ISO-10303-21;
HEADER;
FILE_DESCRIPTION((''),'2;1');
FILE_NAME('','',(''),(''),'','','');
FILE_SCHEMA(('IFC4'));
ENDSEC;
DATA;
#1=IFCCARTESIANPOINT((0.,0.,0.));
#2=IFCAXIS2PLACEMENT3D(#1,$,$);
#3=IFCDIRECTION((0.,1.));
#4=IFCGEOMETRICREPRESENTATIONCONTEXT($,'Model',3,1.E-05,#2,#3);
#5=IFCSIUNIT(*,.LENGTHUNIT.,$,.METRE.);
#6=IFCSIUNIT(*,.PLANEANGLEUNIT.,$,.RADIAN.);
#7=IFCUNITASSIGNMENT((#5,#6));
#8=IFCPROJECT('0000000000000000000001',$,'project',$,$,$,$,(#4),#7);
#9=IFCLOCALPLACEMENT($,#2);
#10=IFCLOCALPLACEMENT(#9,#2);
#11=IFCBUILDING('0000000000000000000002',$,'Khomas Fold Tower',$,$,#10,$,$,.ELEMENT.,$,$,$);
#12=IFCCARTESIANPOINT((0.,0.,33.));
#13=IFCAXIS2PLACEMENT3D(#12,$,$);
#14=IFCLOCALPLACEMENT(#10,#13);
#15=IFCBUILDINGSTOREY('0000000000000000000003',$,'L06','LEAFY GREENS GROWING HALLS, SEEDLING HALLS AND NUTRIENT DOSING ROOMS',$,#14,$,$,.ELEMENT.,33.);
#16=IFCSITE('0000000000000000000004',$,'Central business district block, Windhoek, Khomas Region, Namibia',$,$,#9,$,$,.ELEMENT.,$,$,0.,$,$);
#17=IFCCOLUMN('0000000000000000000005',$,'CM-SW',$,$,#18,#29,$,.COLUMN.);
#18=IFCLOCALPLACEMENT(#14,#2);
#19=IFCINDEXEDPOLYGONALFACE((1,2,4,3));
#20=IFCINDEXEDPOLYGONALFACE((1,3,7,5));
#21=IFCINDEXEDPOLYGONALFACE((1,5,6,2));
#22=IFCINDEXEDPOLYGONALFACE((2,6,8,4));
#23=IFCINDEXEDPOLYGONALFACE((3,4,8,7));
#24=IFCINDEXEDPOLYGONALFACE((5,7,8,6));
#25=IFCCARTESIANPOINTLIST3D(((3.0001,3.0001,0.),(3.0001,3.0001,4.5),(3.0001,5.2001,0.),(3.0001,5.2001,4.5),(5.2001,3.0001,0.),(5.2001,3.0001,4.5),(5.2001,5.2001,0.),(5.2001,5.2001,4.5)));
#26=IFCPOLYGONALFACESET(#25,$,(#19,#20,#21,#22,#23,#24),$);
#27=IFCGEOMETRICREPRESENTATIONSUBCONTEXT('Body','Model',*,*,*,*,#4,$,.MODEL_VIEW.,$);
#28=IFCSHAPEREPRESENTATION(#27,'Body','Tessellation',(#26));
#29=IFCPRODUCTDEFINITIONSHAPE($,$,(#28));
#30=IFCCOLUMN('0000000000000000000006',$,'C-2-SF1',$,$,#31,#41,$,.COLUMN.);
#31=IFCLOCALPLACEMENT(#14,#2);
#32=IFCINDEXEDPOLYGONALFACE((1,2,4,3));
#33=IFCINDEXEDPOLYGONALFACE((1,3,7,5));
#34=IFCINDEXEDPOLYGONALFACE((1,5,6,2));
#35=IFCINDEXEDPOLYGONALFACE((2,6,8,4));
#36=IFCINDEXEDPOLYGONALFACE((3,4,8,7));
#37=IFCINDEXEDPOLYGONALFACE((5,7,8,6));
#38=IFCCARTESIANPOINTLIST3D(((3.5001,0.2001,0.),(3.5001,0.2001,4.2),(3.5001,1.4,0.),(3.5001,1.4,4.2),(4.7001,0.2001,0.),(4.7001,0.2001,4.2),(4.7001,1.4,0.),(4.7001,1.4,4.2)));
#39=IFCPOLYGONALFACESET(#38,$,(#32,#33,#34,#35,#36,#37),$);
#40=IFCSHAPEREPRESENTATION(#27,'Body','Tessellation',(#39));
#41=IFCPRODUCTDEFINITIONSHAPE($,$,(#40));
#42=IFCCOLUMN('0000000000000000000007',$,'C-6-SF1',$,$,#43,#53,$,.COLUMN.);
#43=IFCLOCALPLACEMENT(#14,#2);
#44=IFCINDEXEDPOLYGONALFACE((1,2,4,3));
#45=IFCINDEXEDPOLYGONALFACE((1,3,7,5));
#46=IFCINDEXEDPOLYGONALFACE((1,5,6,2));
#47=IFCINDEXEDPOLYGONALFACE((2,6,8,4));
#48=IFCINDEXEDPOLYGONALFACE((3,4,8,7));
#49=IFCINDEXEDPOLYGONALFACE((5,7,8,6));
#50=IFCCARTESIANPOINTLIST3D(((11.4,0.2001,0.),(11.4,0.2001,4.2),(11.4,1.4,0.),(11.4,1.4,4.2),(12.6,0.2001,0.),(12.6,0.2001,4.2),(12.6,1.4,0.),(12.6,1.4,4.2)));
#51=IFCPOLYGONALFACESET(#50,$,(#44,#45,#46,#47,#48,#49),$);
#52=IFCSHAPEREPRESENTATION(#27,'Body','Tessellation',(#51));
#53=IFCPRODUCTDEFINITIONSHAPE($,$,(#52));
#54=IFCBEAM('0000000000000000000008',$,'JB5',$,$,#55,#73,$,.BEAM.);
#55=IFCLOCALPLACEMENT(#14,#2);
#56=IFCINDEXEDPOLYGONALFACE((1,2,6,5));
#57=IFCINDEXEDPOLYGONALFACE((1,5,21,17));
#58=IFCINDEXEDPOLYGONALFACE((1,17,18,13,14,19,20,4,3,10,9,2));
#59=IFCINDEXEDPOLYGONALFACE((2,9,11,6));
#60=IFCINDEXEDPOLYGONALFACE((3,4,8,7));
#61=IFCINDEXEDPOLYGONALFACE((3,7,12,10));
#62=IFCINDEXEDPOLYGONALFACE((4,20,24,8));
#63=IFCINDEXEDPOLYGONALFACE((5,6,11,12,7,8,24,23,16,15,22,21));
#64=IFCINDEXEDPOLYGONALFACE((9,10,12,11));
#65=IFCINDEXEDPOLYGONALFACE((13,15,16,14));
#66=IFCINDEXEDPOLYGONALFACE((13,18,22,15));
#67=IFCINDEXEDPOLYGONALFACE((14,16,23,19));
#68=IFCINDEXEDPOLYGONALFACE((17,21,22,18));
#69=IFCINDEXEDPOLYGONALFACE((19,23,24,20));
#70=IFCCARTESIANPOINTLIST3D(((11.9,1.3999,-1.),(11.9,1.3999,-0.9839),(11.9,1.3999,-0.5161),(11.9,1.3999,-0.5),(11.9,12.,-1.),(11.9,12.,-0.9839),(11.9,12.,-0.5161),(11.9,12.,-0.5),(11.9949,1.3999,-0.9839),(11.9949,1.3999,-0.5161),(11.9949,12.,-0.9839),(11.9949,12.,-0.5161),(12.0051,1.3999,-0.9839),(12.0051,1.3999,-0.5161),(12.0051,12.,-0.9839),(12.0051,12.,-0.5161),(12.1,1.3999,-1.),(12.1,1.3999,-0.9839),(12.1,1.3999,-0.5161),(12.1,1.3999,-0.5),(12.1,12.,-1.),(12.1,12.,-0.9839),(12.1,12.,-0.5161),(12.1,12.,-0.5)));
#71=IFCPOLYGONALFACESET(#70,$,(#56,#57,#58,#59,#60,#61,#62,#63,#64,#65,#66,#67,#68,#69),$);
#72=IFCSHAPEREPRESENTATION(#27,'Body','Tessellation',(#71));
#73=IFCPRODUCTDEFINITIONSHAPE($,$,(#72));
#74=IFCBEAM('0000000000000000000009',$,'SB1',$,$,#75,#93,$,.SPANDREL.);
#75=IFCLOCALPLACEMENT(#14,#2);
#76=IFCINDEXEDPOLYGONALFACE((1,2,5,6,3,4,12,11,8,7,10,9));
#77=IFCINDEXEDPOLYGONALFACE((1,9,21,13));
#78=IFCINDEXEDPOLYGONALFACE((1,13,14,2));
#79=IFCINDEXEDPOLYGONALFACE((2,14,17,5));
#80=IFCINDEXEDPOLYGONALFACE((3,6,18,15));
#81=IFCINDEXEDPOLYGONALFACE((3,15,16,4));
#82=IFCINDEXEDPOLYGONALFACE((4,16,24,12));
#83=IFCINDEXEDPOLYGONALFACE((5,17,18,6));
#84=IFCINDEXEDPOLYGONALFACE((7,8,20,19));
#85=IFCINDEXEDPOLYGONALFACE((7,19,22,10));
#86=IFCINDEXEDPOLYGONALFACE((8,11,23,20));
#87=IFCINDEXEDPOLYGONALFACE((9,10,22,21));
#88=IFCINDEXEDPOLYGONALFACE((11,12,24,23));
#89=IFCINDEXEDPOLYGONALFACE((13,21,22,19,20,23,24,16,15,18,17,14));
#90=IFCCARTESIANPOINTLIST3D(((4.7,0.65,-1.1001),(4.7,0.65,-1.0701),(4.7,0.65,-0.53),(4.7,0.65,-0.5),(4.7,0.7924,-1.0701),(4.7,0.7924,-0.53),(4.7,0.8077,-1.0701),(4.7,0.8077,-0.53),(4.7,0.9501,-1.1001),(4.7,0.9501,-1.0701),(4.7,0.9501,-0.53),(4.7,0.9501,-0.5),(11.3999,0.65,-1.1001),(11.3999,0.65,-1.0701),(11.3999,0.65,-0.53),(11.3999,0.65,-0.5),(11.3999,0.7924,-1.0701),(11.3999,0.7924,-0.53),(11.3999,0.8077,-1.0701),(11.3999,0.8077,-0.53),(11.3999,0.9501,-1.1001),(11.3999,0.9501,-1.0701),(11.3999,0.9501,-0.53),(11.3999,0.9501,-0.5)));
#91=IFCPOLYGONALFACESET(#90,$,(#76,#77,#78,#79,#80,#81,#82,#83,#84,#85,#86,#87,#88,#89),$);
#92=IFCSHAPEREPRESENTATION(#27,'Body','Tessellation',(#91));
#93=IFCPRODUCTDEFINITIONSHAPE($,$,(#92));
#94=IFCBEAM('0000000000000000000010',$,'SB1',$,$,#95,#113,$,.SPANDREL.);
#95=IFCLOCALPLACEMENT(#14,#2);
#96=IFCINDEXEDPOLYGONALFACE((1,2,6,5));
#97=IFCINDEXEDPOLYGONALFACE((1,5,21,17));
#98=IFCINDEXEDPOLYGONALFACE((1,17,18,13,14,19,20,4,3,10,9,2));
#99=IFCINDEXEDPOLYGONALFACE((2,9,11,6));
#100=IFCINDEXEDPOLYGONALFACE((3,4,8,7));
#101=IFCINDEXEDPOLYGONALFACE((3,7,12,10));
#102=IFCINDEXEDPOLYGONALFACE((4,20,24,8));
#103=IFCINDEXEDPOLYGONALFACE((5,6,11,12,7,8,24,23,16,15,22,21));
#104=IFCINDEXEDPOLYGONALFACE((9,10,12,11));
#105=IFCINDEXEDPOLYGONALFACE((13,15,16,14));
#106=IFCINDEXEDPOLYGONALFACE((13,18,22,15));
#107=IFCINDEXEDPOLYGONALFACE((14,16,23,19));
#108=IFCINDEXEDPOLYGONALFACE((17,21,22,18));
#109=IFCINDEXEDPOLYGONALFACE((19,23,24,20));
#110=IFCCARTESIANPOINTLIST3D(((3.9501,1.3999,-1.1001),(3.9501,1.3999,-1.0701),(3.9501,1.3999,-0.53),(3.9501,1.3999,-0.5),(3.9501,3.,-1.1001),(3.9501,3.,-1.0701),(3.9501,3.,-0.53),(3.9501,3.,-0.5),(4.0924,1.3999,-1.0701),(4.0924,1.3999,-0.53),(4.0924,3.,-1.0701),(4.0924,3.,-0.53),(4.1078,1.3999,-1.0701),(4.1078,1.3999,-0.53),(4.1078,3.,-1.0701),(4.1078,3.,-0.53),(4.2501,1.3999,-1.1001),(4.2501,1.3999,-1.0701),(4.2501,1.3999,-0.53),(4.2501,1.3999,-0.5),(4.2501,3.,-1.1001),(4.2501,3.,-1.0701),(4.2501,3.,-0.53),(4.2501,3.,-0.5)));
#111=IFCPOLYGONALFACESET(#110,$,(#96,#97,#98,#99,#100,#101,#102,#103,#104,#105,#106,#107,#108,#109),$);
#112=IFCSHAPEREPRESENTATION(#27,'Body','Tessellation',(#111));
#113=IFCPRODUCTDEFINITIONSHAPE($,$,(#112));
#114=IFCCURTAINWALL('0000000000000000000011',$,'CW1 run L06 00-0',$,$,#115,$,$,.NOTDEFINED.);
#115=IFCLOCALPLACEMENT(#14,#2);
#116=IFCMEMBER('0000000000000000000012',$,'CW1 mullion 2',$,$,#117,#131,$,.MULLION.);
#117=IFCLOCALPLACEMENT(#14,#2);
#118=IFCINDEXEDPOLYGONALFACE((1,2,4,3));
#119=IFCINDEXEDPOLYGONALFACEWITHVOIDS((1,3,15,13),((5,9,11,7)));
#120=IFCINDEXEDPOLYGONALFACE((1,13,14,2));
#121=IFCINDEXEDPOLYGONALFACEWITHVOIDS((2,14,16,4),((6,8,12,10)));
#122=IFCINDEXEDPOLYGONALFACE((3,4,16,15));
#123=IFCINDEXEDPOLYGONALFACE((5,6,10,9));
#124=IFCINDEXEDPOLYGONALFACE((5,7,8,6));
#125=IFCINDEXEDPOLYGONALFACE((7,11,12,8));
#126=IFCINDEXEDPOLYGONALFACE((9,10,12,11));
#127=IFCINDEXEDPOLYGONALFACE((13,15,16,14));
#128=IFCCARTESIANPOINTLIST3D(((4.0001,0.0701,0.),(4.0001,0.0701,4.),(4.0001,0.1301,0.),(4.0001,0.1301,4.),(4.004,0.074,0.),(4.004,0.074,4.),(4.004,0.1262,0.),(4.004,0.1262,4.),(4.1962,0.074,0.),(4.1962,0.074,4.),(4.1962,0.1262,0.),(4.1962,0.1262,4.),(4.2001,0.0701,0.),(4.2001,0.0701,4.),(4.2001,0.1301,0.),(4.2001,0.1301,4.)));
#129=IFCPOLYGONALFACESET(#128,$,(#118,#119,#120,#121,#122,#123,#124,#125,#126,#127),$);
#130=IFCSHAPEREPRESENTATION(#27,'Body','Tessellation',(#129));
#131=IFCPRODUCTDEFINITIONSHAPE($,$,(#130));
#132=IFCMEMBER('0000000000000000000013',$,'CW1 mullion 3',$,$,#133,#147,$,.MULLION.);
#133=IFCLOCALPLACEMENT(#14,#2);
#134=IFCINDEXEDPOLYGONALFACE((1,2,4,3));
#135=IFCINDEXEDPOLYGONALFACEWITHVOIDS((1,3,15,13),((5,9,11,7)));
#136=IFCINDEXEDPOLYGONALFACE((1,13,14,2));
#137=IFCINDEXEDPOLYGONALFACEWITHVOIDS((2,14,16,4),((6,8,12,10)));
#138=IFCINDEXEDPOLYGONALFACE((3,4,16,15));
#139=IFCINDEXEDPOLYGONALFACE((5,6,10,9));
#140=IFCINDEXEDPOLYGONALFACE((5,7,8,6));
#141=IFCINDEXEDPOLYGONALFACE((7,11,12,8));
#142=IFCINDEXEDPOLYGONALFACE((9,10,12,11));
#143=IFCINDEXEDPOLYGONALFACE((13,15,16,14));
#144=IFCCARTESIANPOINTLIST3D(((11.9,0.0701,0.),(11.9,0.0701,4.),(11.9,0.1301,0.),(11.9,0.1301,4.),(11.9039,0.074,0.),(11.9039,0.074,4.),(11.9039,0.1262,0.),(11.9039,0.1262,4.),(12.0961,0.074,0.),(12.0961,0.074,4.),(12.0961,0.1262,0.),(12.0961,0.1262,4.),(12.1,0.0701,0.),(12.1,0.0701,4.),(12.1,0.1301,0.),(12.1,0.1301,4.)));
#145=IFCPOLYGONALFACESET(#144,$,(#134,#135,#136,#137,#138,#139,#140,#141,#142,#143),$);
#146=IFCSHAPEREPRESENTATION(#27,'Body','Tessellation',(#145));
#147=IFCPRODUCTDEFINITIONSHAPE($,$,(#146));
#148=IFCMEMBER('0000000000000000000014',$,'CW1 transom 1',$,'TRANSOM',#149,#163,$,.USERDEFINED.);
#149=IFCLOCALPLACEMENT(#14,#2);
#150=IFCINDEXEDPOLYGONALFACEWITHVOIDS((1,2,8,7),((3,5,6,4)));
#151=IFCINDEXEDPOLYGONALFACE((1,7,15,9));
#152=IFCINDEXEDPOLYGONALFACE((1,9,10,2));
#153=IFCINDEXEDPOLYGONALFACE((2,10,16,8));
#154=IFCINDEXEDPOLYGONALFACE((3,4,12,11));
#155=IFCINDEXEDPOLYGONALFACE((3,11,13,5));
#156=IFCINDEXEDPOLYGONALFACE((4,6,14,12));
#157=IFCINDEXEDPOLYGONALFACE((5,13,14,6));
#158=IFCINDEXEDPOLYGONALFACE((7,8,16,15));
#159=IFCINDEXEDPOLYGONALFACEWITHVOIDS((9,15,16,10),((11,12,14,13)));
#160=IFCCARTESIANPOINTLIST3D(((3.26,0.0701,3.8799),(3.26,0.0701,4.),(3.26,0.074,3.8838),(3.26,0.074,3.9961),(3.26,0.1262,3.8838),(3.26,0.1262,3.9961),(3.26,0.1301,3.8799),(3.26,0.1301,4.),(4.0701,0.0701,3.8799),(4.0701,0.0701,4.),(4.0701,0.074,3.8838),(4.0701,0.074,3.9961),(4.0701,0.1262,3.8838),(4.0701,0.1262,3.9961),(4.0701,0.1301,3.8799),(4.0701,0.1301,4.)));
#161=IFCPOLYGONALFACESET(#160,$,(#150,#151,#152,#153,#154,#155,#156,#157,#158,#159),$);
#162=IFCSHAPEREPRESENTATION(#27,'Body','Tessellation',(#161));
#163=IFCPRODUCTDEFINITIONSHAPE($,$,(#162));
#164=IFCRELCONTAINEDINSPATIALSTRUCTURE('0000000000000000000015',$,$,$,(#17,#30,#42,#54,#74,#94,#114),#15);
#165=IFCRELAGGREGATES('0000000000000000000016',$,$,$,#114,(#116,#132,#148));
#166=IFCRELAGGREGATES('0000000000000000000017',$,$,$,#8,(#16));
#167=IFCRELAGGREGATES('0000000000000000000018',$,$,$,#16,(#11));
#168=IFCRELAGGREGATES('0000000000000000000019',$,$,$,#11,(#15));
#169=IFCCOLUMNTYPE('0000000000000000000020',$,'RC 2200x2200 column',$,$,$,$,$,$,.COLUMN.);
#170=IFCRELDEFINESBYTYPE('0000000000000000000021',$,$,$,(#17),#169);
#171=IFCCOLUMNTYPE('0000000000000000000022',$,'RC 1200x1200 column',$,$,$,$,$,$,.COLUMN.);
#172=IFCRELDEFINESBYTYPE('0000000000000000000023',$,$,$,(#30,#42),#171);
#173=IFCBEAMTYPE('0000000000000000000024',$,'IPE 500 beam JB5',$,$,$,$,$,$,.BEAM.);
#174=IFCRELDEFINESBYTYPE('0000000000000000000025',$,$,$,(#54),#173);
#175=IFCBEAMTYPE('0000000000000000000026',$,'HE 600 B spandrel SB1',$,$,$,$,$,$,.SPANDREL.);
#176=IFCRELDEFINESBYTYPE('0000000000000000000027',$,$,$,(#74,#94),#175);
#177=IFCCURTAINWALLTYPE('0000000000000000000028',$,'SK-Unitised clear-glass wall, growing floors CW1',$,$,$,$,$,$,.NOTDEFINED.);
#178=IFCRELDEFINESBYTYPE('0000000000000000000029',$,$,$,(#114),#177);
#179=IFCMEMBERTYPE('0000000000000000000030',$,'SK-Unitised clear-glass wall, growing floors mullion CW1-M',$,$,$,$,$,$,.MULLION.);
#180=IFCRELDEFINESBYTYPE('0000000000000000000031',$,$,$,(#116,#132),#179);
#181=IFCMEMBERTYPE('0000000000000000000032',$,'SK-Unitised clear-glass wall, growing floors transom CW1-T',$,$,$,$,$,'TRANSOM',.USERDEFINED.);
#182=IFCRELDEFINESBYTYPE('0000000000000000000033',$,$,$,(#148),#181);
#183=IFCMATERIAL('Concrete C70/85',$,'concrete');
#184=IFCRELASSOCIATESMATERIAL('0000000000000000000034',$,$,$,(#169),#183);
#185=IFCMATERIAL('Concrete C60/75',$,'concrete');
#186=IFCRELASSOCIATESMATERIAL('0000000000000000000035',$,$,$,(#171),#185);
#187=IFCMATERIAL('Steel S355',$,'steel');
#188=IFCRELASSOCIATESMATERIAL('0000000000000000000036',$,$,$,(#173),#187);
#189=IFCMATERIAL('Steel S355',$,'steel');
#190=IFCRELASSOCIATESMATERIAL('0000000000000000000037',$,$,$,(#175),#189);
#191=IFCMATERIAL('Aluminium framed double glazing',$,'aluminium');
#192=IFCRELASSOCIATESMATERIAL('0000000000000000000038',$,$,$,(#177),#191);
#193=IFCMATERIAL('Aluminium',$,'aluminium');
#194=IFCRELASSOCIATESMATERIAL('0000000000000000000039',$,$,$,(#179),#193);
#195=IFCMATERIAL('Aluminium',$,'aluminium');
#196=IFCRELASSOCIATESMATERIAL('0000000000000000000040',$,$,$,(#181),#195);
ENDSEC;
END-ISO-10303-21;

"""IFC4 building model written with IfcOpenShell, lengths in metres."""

from ifc_helpers import new_model, si_unit, direction, frame, origin, origin_2d, place, context, subcontext, project, spatial, rectangle, hollow_rectangle, i_section, extrude, source, transform, mapped, material, material_profile, profile_set, type_object, element, aggregate, save


model = new_model("IFC4")

# Units and contexts
model_context = context("Model", 3, precision=1e-05, world=origin(), true_north=direction((0.0, 1.0)))
body_context = subcontext(model_context, "Body", "Model", "MODEL_VIEW")
ifc_project = project(units=[si_unit("LENGTHUNIT", "METRE"), si_unit("PLANEANGLEUNIT", "RADIAN")], contexts=[model_context])

# Site, building, storey
site_placement = place(None, origin())
site = spatial("IfcSite", under=ifc_project, at=site_placement, Name="Central business district block, Windhoek, Khomas Region, Namibia", CompositionType="ELEMENT", RefElevation=0.0)
building_placement = place(site_placement, origin())
building = spatial("IfcBuilding", under=site, at=building_placement, Name="Khomas Fold Tower", CompositionType="ELEMENT")
storey_placement = place(building_placement, frame((0.0, 0.0, 33.0)))
storey = spatial("IfcBuildingStorey", under=building, at=storey_placement, Name="L06", Description="LEAFY GREENS GROWING HALLS, SEEDLING HALLS AND NUTRIENT DOSING ROOMS", CompositionType="ELEMENT", Elevation=33.0)

# Columns
ifc_material_1 = material(Name="Concrete C70/85", Category="concrete")
ifc_material_profile_1 = material_profile(ifc_material_1, rectangle(XDim=2.2, YDim=2.2, at=origin_2d()), Name="RC 2200x2200")
ifc_profile_set_1 = profile_set([ifc_material_profile_1], Name="Concrete C70/85")
column_type_1 = type_object("IfcColumnType", Name="RC 2200x2200 column", PredefinedType="COLUMN", material=ifc_profile_set_1)
shared_shape_1 = source(origin(), body_context, "Body", "SweptSolid", [
    extrude(rectangle(XDim=2.2, YDim=2.2, at=origin_2d()), origin(), (0.0, 0.0, 1.0), 4.5),
])
column_placement = place(storey_placement, frame((4.1001, 4.1001, 0.0), z_axis=(0.0, 0.0, 1.0), x_axis=(1.0, 0.0, 0.0)))
element("IfcColumn", 1, at=column_placement, inside=storey, type_object=column_type_1, Name="CM-SW", PredefinedType="COLUMN", context=body_context, shape_type="MappedRepresentation", body=[
    mapped(shared_shape_1, transform((0.0, 0.0, 0.0))),
])
ifc_material_2 = material(Name="Concrete C60/75", Category="concrete")
ifc_material_profile_2 = material_profile(ifc_material_2, rectangle(XDim=1.2, YDim=1.2, at=origin_2d()), Name="RC 1200x1200")
ifc_profile_set_2 = profile_set([ifc_material_profile_2], Name="Concrete C60/75")
column_type_2 = type_object("IfcColumnType", Name="RC 1200x1200 column", PredefinedType="COLUMN", material=ifc_profile_set_2)
shared_shape_2 = source(origin(), body_context, "Body", "SweptSolid", [
    extrude(rectangle(XDim=1.2, YDim=1.2, at=origin_2d()), origin(), (0.0, 0.0, 1.0), 4.2),
])
for number, where, z_axis, x_axis, name in (
    (2, (4.1001, 0.8, 0.0), (0.0, 0.0, 1.0), (1.0, 0.0, 0.0), "C-2-SF1"),
    (3, (12.0, 0.8, 0.0), (0.0, 0.0, 1.0), (1.0, 0.0, 0.0), "C-6-SF1"),
):
    element("IfcColumn", number, at=place(storey_placement, frame(where, z_axis=z_axis, x_axis=x_axis)), inside=storey, type_object=column_type_2, Name=name, PredefinedType="COLUMN", context=body_context, shape_type="MappedRepresentation", body=[
        mapped(shared_shape_2, transform((0.0, 0.0, 0.0))),
    ])

# Beams
ifc_material_3 = material(Name="Steel S355", Category="steel")
ifc_material_profile_3 = material_profile(ifc_material_3, i_section(OverallWidth=0.2, OverallDepth=0.5, WebThickness=0.0103, FlangeThickness=0.0161, at=origin_2d()), Name="IPE 500")
ifc_profile_set_3 = profile_set([ifc_material_profile_3], Name="Steel S355")
beam_type_1 = type_object("IfcBeamType", Name="IPE 500 beam JB5", PredefinedType="BEAM", material=ifc_profile_set_3)
shared_shape_3 = source(origin(), body_context, "Body", "SweptSolid", [
    extrude(i_section(OverallWidth=0.2, OverallDepth=0.5, WebThickness=0.0103, FlangeThickness=0.0161, at=origin_2d()), origin(), (0.0, 0.0, 1.0), 10.6001),
])
beam_1_placement = place(storey_placement, frame((12.0, 1.3999, -0.75), z_axis=(0.0, 1.0, 0.0), x_axis=(-1.0, 0.0, 0.0)))
element("IfcBeam", 4, at=beam_1_placement, inside=storey, type_object=beam_type_1, Name="JB5", PredefinedType="BEAM", context=body_context, shape_type="MappedRepresentation", body=[
    mapped(shared_shape_3, transform((0.0, 0.0, 0.0))),
])
ifc_material_4 = material(Name="Steel S355", Category="steel")
ifc_material_profile_4 = material_profile(ifc_material_4, i_section(OverallWidth=0.3, OverallDepth=0.6001, WebThickness=0.0154, FlangeThickness=0.03, at=origin_2d()), Name="HE 600 B")
ifc_profile_set_4 = profile_set([ifc_material_profile_4], Name="Steel S355")
beam_type_2 = type_object("IfcBeamType", Name="HE 600 B spandrel SB1", PredefinedType="SPANDREL", material=ifc_profile_set_4)
shared_shape_4 = source(origin(), body_context, "Body", "SweptSolid", [
    extrude(i_section(OverallWidth=0.3, OverallDepth=0.6001, WebThickness=0.0154, FlangeThickness=0.03, at=origin_2d()), origin(), (0.0, 0.0, 1.0), 6.7),
])
beam_2_placement = place(storey_placement, frame((4.7, 0.8, -0.8), z_axis=(1.0, 0.0, 0.0), x_axis=(0.0, 1.0, 0.0)))
element("IfcBeam", 5, at=beam_2_placement, inside=storey, type_object=beam_type_2, Name="SB1", PredefinedType="SPANDREL", context=body_context, shape_type="MappedRepresentation", body=[
    mapped(shared_shape_4, transform((0.0, 0.0, 0.0))),
])
shared_shape_5 = source(origin(), body_context, "Body", "SweptSolid", [
    extrude(i_section(OverallWidth=0.3, OverallDepth=0.6001, WebThickness=0.0154, FlangeThickness=0.03, at=origin_2d()), origin(), (0.0, 0.0, 1.0), 1.6001),
])
beam_3_placement = place(storey_placement, frame((4.1001, 1.3999, -0.8), z_axis=(0.0, 1.0, 0.0), x_axis=(-1.0, 0.0, 0.0)))
element("IfcBeam", 6, at=beam_3_placement, inside=storey, type_object=beam_type_2, Name="SB1", PredefinedType="SPANDREL", context=body_context, shape_type="MappedRepresentation", body=[
    mapped(shared_shape_5, transform((0.0, 0.0, 0.0))),
])

# Curtain wall, members
ifc_material_5 = material(Name="Aluminium framed double glazing", Category="aluminium")
curtain_wall_type = type_object("IfcCurtainWallType", Name="SK-Unitised clear-glass wall, growing floors CW1", PredefinedType="NOTDEFINED", material=ifc_material_5)
curtain_wall_placement = place(storey_placement, origin())
curtain_wall = element("IfcCurtainWall", 7, at=curtain_wall_placement, inside=storey, type_object=curtain_wall_type, Name="CW1 run L06 00-0", PredefinedType="NOTDEFINED")
ifc_material_6 = material(Name="Aluminium", Category="aluminium")
ifc_material_profile_5 = material_profile(ifc_material_6, hollow_rectangle(XDim=0.0601, YDim=0.2, WallThickness=0.0039, at=origin_2d()), Name="SK-Unitised clear-glass wall, growing floors mullion CW1-M")
ifc_profile_set_5 = profile_set([ifc_material_profile_5], Name="Aluminium")
member_type_1 = type_object("IfcMemberType", Name="SK-Unitised clear-glass wall, growing floors mullion CW1-M", PredefinedType="MULLION", material=ifc_profile_set_5)
shared_shape_6 = source(origin(), body_context, "Body", "SweptSolid", [
    extrude(hollow_rectangle(XDim=0.0601, YDim=0.2, WallThickness=0.0039, at=origin_2d()), origin(), (0.0, 0.0, 1.0), 4.0),
])
member_1_placement = place(storey_placement, frame((4.1001, 0.1001, 0.0), z_axis=(0.0, 0.0, 1.0), x_axis=(0.0, 1.0, 0.0)))
member_1 = element("IfcMember", 8, at=member_1_placement, type_object=member_type_1, Name="CW1 mullion 2", PredefinedType="MULLION", context=body_context, shape_type="MappedRepresentation", body=[
    mapped(shared_shape_6, transform((0.0, 0.0, 0.0))),
])
member_2_placement = place(storey_placement, frame((12.0, 0.1001, 0.0), z_axis=(0.0, 0.0, 1.0), x_axis=(0.0, 1.0, 0.0)))
member_2 = element("IfcMember", 9, at=member_2_placement, type_object=member_type_1, Name="CW1 mullion 3", PredefinedType="MULLION", context=body_context, shape_type="MappedRepresentation", body=[
    mapped(shared_shape_6, transform((0.0, 0.0, 0.0))),
])
ifc_material_7 = material(Name="Aluminium", Category="aluminium")
ifc_material_profile_6 = material_profile(ifc_material_7, hollow_rectangle(XDim=0.0601, YDim=0.1201, WallThickness=0.0039, at=origin_2d()), Name="SK-Unitised clear-glass wall, growing floors transom CW1-T")
ifc_profile_set_6 = profile_set([ifc_material_profile_6], Name="Aluminium")
member_type_2 = type_object("IfcMemberType", Name="SK-Unitised clear-glass wall, growing floors transom CW1-T", ElementType="TRANSOM", PredefinedType="USERDEFINED", material=ifc_profile_set_6)
shared_shape_7 = source(origin(), body_context, "Body", "SweptSolid", [
    extrude(hollow_rectangle(XDim=0.0601, YDim=0.1201, WallThickness=0.0039, at=origin_2d()), origin(), (0.0, 0.0, 1.0), 0.8101),
])
member_3_placement = place(storey_placement, frame((3.26, 0.1001, 3.9399), z_axis=(1.0, 0.0, 0.0), x_axis=(0.0, 1.0, 0.0)))
member_3 = element("IfcMember", 10, at=member_3_placement, type_object=member_type_2, Name="CW1 transom 1", ObjectType="TRANSOM", PredefinedType="USERDEFINED", context=body_context, shape_type="MappedRepresentation", body=[
    mapped(shared_shape_7, transform((0.0, 0.0, 0.0))),
])

aggregate(curtain_wall, [member_1, member_2, member_3])

save(model, "model.ifc")
